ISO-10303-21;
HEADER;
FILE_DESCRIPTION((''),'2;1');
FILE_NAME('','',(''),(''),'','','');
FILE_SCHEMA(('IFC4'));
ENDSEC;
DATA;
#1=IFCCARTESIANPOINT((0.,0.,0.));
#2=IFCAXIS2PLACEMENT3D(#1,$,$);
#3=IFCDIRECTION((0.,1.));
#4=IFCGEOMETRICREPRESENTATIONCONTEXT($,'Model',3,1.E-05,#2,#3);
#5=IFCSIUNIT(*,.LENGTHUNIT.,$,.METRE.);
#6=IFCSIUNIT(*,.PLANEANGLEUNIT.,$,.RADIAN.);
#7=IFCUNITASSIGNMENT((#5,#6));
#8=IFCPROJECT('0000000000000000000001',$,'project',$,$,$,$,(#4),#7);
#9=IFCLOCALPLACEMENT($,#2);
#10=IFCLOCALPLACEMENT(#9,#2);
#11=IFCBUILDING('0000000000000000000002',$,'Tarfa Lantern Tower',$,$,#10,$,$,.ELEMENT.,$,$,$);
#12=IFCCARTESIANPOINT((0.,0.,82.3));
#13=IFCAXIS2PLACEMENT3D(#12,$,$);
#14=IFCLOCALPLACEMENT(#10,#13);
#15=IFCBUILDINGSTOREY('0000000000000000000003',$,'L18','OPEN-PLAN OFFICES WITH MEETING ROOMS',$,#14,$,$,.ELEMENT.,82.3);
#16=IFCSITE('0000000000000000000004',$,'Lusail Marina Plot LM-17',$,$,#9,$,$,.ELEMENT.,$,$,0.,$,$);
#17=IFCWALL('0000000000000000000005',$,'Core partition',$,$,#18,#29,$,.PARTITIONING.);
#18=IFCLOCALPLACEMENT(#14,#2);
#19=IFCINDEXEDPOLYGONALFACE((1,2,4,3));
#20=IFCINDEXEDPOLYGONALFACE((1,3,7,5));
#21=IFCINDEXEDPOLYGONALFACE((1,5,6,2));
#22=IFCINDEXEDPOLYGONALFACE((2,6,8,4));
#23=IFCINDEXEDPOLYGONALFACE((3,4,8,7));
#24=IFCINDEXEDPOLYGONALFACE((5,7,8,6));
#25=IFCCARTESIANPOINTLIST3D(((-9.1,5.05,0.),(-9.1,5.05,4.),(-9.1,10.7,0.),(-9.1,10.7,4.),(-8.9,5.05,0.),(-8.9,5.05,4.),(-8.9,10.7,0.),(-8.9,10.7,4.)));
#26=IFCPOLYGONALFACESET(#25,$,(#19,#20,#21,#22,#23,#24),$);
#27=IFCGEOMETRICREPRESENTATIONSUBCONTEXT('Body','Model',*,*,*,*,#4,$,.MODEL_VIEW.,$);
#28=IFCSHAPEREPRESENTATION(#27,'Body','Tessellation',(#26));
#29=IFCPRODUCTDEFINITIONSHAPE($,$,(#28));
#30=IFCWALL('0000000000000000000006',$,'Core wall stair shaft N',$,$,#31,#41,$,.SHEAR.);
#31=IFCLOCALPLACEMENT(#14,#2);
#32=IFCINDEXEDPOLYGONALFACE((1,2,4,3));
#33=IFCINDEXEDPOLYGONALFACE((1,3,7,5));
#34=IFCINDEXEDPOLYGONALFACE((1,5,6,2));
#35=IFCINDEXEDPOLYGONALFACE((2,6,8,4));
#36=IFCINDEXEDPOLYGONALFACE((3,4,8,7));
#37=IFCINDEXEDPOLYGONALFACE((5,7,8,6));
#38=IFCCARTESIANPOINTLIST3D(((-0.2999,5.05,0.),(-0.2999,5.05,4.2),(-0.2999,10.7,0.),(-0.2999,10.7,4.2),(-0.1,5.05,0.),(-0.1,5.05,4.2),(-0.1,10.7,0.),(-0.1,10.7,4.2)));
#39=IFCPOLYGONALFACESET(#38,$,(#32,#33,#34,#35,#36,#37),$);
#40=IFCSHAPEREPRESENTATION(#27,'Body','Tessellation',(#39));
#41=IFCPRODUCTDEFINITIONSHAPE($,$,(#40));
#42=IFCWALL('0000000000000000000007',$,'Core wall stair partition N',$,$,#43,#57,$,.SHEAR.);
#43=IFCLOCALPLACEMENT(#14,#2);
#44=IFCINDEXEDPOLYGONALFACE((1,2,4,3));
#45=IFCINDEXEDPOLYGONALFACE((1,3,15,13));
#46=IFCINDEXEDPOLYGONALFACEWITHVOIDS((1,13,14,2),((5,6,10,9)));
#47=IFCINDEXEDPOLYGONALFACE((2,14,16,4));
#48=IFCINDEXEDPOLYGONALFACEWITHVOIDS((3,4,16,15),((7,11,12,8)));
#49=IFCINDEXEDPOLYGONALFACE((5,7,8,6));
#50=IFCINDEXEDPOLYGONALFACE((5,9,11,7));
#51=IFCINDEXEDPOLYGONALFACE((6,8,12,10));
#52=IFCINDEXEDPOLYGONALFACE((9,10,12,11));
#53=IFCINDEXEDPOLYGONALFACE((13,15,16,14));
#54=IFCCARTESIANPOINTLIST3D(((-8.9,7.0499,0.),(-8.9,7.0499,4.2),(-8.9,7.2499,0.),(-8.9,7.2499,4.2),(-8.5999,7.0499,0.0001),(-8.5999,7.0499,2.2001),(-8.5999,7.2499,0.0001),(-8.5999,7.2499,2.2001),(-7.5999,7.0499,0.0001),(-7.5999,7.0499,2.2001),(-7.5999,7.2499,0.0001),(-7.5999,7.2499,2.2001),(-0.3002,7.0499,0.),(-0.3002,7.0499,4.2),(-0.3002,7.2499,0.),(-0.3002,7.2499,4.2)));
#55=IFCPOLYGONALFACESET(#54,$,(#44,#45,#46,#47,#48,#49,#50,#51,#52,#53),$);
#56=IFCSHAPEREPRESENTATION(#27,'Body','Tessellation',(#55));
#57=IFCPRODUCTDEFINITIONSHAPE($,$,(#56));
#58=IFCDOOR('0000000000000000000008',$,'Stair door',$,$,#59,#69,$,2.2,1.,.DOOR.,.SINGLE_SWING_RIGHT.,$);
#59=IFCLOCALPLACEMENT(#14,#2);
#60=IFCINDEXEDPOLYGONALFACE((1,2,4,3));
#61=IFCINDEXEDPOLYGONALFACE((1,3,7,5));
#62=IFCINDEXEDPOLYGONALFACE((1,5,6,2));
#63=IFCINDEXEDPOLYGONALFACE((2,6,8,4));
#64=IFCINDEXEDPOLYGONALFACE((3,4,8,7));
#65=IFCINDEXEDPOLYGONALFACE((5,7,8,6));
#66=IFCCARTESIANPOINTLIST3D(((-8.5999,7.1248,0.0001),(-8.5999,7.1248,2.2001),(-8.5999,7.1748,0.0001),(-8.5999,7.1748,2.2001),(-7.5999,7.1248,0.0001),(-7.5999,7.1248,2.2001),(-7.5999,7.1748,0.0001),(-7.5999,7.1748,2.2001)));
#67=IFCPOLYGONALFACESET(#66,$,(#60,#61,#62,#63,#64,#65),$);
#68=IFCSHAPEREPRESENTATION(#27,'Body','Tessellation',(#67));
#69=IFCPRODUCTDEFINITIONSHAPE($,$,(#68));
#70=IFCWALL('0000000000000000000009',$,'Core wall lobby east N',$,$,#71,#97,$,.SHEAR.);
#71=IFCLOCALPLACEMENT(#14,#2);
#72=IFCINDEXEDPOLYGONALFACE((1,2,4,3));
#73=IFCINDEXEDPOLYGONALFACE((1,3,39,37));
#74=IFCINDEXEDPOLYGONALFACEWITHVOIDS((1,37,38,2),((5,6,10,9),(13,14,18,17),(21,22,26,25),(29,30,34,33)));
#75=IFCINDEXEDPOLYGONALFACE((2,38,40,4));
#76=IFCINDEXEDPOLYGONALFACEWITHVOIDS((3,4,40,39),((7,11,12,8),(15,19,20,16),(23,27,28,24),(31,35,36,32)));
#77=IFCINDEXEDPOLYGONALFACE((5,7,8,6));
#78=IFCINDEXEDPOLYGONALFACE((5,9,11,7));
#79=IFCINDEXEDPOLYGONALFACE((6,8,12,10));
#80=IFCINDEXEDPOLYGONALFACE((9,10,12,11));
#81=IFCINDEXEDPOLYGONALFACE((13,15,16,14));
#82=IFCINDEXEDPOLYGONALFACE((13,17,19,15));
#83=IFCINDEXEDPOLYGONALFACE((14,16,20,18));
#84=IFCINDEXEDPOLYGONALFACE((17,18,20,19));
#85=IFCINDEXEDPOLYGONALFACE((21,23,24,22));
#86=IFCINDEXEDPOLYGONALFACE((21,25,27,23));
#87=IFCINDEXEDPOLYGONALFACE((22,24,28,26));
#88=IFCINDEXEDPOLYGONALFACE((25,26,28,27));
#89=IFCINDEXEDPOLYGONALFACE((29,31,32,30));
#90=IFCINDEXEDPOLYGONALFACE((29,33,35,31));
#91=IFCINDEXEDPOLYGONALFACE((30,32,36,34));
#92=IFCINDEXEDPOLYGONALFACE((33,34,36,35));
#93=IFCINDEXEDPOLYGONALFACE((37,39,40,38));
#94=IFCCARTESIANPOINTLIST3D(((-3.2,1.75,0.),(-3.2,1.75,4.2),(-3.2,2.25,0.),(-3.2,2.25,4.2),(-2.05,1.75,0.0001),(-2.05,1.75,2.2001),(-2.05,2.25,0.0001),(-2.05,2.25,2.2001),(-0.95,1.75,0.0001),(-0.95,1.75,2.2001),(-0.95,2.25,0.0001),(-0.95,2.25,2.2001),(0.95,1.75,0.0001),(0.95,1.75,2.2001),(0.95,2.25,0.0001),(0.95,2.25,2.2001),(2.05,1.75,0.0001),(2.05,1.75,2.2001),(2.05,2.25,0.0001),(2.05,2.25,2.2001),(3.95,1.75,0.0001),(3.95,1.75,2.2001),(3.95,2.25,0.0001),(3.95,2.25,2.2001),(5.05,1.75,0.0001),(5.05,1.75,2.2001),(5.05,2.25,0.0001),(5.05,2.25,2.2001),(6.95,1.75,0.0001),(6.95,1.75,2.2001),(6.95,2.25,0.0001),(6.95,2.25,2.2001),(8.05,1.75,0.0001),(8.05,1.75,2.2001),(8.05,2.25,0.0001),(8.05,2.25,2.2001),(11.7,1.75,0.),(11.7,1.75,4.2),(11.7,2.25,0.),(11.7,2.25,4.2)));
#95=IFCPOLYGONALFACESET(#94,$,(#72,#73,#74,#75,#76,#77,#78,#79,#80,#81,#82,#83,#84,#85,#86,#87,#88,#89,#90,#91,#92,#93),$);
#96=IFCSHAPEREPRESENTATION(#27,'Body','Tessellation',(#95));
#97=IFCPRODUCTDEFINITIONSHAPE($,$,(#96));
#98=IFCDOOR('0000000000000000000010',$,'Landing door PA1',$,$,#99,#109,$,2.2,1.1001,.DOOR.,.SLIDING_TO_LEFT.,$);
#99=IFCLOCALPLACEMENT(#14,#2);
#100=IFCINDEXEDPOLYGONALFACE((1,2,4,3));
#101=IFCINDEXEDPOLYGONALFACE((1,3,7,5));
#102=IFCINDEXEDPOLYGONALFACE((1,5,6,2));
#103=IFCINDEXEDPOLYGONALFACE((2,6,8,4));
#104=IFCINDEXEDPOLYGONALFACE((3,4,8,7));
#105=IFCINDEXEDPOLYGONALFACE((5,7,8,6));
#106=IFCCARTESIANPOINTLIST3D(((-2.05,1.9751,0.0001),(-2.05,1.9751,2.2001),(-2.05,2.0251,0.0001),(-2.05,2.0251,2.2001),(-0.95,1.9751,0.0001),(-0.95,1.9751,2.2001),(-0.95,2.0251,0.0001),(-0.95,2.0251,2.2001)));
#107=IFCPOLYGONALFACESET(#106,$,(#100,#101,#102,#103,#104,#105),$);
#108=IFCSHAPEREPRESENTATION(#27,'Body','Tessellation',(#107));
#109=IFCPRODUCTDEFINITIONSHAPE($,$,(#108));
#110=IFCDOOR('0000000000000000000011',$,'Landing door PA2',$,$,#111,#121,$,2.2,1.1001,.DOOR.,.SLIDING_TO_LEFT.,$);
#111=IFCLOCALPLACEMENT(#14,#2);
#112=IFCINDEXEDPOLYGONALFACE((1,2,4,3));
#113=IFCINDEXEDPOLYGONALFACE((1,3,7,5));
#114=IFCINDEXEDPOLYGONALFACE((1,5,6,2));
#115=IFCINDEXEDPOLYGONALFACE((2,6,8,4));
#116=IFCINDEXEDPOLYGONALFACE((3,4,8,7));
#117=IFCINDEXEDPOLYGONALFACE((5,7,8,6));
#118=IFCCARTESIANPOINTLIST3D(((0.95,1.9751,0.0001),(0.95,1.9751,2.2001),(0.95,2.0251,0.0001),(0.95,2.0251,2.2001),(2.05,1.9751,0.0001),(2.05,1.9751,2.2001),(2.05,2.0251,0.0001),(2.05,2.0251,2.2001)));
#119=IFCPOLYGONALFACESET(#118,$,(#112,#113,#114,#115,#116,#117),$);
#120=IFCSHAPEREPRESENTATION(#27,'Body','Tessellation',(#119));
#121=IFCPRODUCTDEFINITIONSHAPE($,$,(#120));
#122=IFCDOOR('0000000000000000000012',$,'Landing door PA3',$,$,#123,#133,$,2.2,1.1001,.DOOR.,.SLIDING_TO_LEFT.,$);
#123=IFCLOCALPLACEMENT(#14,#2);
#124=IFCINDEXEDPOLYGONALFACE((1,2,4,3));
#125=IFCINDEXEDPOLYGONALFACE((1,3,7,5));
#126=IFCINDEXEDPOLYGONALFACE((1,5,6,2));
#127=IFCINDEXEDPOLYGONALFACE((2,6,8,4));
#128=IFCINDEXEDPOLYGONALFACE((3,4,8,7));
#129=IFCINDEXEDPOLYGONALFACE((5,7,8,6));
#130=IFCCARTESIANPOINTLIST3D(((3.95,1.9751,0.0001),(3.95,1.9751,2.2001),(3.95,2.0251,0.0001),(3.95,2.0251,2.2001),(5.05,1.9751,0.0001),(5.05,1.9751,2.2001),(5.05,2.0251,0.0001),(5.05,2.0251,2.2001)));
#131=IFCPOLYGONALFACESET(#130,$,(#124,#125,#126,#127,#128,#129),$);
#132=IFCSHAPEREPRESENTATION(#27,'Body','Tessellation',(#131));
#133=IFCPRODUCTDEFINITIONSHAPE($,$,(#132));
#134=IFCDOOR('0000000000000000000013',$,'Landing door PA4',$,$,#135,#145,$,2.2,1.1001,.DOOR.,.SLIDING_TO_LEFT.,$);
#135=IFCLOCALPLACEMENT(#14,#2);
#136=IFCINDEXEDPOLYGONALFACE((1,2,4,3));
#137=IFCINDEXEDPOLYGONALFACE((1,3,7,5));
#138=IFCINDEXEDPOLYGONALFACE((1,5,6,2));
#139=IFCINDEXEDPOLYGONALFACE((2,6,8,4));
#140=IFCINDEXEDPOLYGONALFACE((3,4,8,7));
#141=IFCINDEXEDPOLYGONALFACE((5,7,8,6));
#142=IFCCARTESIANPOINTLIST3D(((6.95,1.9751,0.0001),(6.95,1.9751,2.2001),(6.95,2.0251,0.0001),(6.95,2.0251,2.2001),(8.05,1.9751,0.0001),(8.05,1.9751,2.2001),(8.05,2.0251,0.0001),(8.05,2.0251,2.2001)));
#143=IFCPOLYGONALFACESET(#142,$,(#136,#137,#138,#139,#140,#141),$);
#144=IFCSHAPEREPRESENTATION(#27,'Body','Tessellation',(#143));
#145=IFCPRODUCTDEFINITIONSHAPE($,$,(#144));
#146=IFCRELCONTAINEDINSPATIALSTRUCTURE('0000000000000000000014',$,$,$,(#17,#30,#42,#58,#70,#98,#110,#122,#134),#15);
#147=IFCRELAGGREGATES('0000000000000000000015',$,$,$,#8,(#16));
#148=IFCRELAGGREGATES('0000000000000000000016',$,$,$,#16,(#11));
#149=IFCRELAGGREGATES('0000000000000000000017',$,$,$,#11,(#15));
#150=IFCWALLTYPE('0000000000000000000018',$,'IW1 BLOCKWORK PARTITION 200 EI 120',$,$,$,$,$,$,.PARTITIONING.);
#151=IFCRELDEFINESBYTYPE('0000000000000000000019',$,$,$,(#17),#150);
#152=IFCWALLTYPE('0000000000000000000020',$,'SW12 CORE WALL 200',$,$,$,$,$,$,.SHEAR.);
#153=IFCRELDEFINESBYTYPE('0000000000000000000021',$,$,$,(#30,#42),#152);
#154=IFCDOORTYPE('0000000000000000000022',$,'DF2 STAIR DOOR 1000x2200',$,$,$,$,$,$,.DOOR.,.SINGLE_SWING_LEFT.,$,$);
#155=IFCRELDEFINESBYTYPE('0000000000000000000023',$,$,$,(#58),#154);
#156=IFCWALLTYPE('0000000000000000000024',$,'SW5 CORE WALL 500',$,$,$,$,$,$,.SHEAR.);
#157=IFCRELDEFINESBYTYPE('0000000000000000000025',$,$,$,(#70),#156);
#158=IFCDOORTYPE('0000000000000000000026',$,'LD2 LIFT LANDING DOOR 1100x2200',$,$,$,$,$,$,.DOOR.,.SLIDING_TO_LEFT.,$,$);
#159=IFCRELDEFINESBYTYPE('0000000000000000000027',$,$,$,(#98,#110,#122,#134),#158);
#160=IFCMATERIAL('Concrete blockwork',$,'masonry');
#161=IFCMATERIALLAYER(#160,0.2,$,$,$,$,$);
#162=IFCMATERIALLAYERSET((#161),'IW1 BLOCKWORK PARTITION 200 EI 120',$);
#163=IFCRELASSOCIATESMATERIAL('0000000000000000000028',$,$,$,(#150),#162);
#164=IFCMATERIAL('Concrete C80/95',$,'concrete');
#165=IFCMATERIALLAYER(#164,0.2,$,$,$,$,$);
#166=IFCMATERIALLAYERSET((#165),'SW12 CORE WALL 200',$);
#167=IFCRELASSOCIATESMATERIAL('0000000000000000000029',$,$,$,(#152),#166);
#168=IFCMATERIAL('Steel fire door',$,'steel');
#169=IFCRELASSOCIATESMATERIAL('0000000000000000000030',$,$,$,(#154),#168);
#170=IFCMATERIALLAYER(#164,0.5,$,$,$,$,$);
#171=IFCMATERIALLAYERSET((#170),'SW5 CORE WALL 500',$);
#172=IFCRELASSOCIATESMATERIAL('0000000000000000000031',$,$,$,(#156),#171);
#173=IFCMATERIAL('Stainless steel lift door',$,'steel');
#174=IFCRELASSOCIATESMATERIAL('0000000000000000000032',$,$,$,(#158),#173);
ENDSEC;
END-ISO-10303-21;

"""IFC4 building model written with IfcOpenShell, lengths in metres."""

from ifc_helpers import new_model, si_unit, direction, frame, frame_2d, origin, place, context, subcontext, project, spatial, rectangle, extrude, material, layer, layer_set, type_object, element, fill, save


model = new_model("IFC4")

# Units and contexts
model_context = context("Model", 3, precision=1e-05, world=origin(), true_north=direction((0.0, 1.0)))
body_context = subcontext(model_context, "Body", "Model", "MODEL_VIEW")
ifc_project = project(units=[si_unit("LENGTHUNIT", "METRE"), si_unit("PLANEANGLEUNIT", "RADIAN")], contexts=[model_context])

# Site, building, storey
site_placement = place(None, origin())
site = spatial("IfcSite", under=ifc_project, at=site_placement, Name="Lusail Marina Plot LM-17", CompositionType="ELEMENT", RefElevation=0.0)
building_placement = place(site_placement, origin())
building = spatial("IfcBuilding", under=site, at=building_placement, Name="Tarfa Lantern Tower", CompositionType="ELEMENT")
storey_placement = place(building_placement, frame((0.0, 0.0, 82.3)))
storey = spatial("IfcBuildingStorey", under=building, at=storey_placement, Name="L18", Description="OPEN-PLAN OFFICES WITH MEETING ROOMS", CompositionType="ELEMENT", Elevation=82.3)

# Walls
ifc_material_1 = material(Name="Concrete blockwork", Category="masonry")
ifc_layer_1 = layer(ifc_material_1, 0.2)
ifc_layer_set_1 = layer_set([ifc_layer_1], Name="IW1 BLOCKWORK PARTITION 200 EI 120")
wall_type_1 = type_object("IfcWallType", Name="IW1 BLOCKWORK PARTITION 200 EI 120", PredefinedType="PARTITIONING", material=ifc_layer_set_1)
wall_1_placement = place(storey_placement, frame((-9.0, 5.05, 0.0), z_axis=(0.0, 0.0, 1.0), x_axis=(0.0, 1.0, 0.0)))
element("IfcWall", 1, at=wall_1_placement, inside=storey, type_object=wall_type_1, Name="Core partition", PredefinedType="PARTITIONING", context=body_context, shape_type="SweptSolid", body=[
    extrude(rectangle(XDim=5.6499, YDim=0.2, at=frame_2d((2.825, 0.0))), origin(), (0.0, 0.0, 1.0), 4.0),
])
ifc_material_2 = material(Name="Concrete C80/95", Category="concrete")
ifc_layer_2 = layer(ifc_material_2, 0.2)
ifc_layer_set_2 = layer_set([ifc_layer_2], Name="SW12 CORE WALL 200")
wall_type_2 = type_object("IfcWallType", Name="SW12 CORE WALL 200", PredefinedType="SHEAR", material=ifc_layer_set_2)
wall_2_placement = place(storey_placement, frame((-0.2, 5.05, 0.0), z_axis=(0.0, 0.0, 1.0), x_axis=(0.0, 1.0, 0.0)))
element("IfcWall", 2, at=wall_2_placement, inside=storey, type_object=wall_type_2, Name="Core wall stair shaft N", PredefinedType="SHEAR", context=body_context, shape_type="SweptSolid", body=[
    extrude(rectangle(XDim=5.6499, YDim=0.2, at=frame_2d((2.825, 0.0))), origin(), (0.0, 0.0, 1.0), 4.2),
])

# Wall, opening, door
wall_3_placement = place(storey_placement, frame((-8.8999, 7.1499, 0.0), z_axis=(0.0, 0.0, 1.0), x_axis=(1.0, 0.0, 0.0)))
wall_3 = element("IfcWall", 3, at=wall_3_placement, inside=storey, type_object=wall_type_2, Name="Core wall stair partition N", PredefinedType="SHEAR", context=body_context, shape_type="SweptSolid", body=[
    extrude(rectangle(XDim=8.5999, YDim=0.2, at=frame_2d((4.2998, 0.0))), origin(), (0.0, 0.0, 1.0), 4.2),
])
opening_1_placement = place(wall_3_placement, frame((0.3, 0.0, 0.0)))
opening_1 = element("IfcOpeningElement", 4, at=opening_1_placement, cuts=wall_3, PredefinedType="OPENING", context=body_context, shape_type="SweptSolid", body=[
    extrude(rectangle(XDim=1.0, YDim=2.2, at=frame_2d((0.5, 1.1001))), frame((0.0, 0.1099, 0.0), z_axis=(0.0, -1.0, 0.0), x_axis=(1.0, 0.0, 0.0)), (0.0, 0.0, 1.0), 0.22),
])
ifc_material_3 = material(Name="Steel fire door", Category="steel")
door_type_1 = type_object("IfcDoorType", Name="DF2 STAIR DOOR 1000x2200", OperationType="SINGLE_SWING_LEFT", PredefinedType="DOOR", material=ifc_material_3)
door_1_placement = place(opening_1_placement, origin())
door_1 = element("IfcDoor", 5, at=door_1_placement, inside=storey, type_object=door_type_1, Name="Stair door", OperationType="SINGLE_SWING_RIGHT", OverallHeight=2.2, OverallWidth=1.0, PredefinedType="DOOR", context=body_context, shape_type="SweptSolid", body=[
    extrude(rectangle(XDim=1.0, YDim=2.2, at=frame_2d((0.5, 1.1001))), frame((0.0, 0.0249, 0.0), z_axis=(0.0, -1.0, 0.0), x_axis=(1.0, 0.0, 0.0)), (0.0, 0.0, 1.0), 0.05),
])
fill(opening_1, door_1)

# Wall, openings, doors
ifc_layer_3 = layer(ifc_material_2, 0.5)
ifc_layer_set_3 = layer_set([ifc_layer_3], Name="SW5 CORE WALL 500")
wall_type_3 = type_object("IfcWallType", Name="SW5 CORE WALL 500", PredefinedType="SHEAR", material=ifc_layer_set_3)
wall_4_placement = place(storey_placement, frame((-3.2, 2.0, 0.0), z_axis=(0.0, 0.0, 1.0), x_axis=(1.0, 0.0, 0.0)))
wall_4 = element("IfcWall", 6, at=wall_4_placement, inside=storey, type_object=wall_type_3, Name="Core wall lobby east N", PredefinedType="SHEAR", context=body_context, shape_type="SweptSolid", body=[
    extrude(rectangle(XDim=14.8999, YDim=0.5, at=frame_2d((7.45, 0.0))), origin(), (0.0, 0.0, 1.0), 4.2),
])
opening_2_placement = place(wall_4_placement, frame((1.1499, 0.0, 0.0)))
opening_2 = element("IfcOpeningElement", 7, at=opening_2_placement, cuts=wall_4, PredefinedType="OPENING", context=body_context, shape_type="SweptSolid", body=[
    extrude(rectangle(XDim=1.1001, YDim=2.2, at=frame_2d((0.55, 1.1001))), frame((0.0, 0.26, 0.0), z_axis=(0.0, -1.0, 0.0), x_axis=(1.0, 0.0, 0.0)), (0.0, 0.0, 1.0), 0.52),
])
opening_3_placement = place(wall_4_placement, frame((4.1499, 0.0, 0.0)))
opening_3 = element("IfcOpeningElement", 8, at=opening_3_placement, cuts=wall_4, PredefinedType="OPENING", context=body_context, shape_type="SweptSolid", body=[
    extrude(rectangle(XDim=1.1001, YDim=2.2, at=frame_2d((0.55, 1.1001))), frame((0.0, 0.26, 0.0), z_axis=(0.0, -1.0, 0.0), x_axis=(1.0, 0.0, 0.0)), (0.0, 0.0, 1.0), 0.52),
])
opening_4_placement = place(wall_4_placement, frame((7.1499, 0.0, 0.0)))
opening_4 = element("IfcOpeningElement", 9, at=opening_4_placement, cuts=wall_4, PredefinedType="OPENING", context=body_context, shape_type="SweptSolid", body=[
    extrude(rectangle(XDim=1.1001, YDim=2.2, at=frame_2d((0.55, 1.1001))), frame((0.0, 0.26, 0.0), z_axis=(0.0, -1.0, 0.0), x_axis=(1.0, 0.0, 0.0)), (0.0, 0.0, 1.0), 0.52),
])
opening_5_placement = place(wall_4_placement, frame((10.1499, 0.0, 0.0)))
opening_5 = element("IfcOpeningElement", 10, at=opening_5_placement, cuts=wall_4, PredefinedType="OPENING", context=body_context, shape_type="SweptSolid", body=[
    extrude(rectangle(XDim=1.1001, YDim=2.2, at=frame_2d((0.55, 1.1001))), frame((0.0, 0.26, 0.0), z_axis=(0.0, -1.0, 0.0), x_axis=(1.0, 0.0, 0.0)), (0.0, 0.0, 1.0), 0.52),
])
ifc_material_4 = material(Name="Stainless steel lift door", Category="steel")
door_type_2 = type_object("IfcDoorType", Name="LD2 LIFT LANDING DOOR 1100x2200", OperationType="SLIDING_TO_LEFT", PredefinedType="DOOR", material=ifc_material_4)
door_2_placement = place(opening_2_placement, frame((1.1001, 0.0, 0.0), z_axis=(0.0, 0.0, 1.0), x_axis=(-1.0, 0.0, 0.0)))
door_2 = element("IfcDoor", 11, at=door_2_placement, inside=storey, type_object=door_type_2, Name="Landing door PA1", OperationType="SLIDING_TO_LEFT", OverallHeight=2.2, OverallWidth=1.1001, PredefinedType="DOOR", context=body_context, shape_type="SweptSolid", body=[
    extrude(rectangle(XDim=1.1001, YDim=2.2, at=frame_2d((0.55, 1.1001))), frame((0.0, 0.0249, 0.0), z_axis=(0.0, -1.0, 0.0), x_axis=(1.0, 0.0, 0.0)), (0.0, 0.0, 1.0), 0.05),
])
fill(opening_2, door_2)
door_3_placement = place(opening_3_placement, frame((1.1001, 0.0, 0.0), z_axis=(0.0, 0.0, 1.0), x_axis=(-1.0, 0.0, 0.0)))
door_3 = element("IfcDoor", 12, at=door_3_placement, inside=storey, type_object=door_type_2, Name="Landing door PA2", OperationType="SLIDING_TO_LEFT", OverallHeight=2.2, OverallWidth=1.1001, PredefinedType="DOOR", context=body_context, shape_type="SweptSolid", body=[
    extrude(rectangle(XDim=1.1001, YDim=2.2, at=frame_2d((0.55, 1.1001))), frame((0.0, 0.0249, 0.0), z_axis=(0.0, -1.0, 0.0), x_axis=(1.0, 0.0, 0.0)), (0.0, 0.0, 1.0), 0.05),
])
fill(opening_3, door_3)
door_4_placement = place(opening_4_placement, frame((1.1001, 0.0, 0.0), z_axis=(0.0, 0.0, 1.0), x_axis=(-1.0, 0.0, 0.0)))
door_4 = element("IfcDoor", 13, at=door_4_placement, inside=storey, type_object=door_type_2, Name="Landing door PA3", OperationType="SLIDING_TO_LEFT", OverallHeight=2.2, OverallWidth=1.1001, PredefinedType="DOOR", context=body_context, shape_type="SweptSolid", body=[
    extrude(rectangle(XDim=1.1001, YDim=2.2, at=frame_2d((0.55, 1.1001))), frame((0.0, 0.0249, 0.0), z_axis=(0.0, -1.0, 0.0), x_axis=(1.0, 0.0, 0.0)), (0.0, 0.0, 1.0), 0.05),
])
fill(opening_4, door_4)
door_5_placement = place(opening_5_placement, frame((1.1001, 0.0, 0.0), z_axis=(0.0, 0.0, 1.0), x_axis=(-1.0, 0.0, 0.0)))
door_5 = element("IfcDoor", 14, at=door_5_placement, inside=storey, type_object=door_type_2, Name="Landing door PA4", OperationType="SLIDING_TO_LEFT", OverallHeight=2.2, OverallWidth=1.1001, PredefinedType="DOOR", context=body_context, shape_type="SweptSolid", body=[
    extrude(rectangle(XDim=1.1001, YDim=2.2, at=frame_2d((0.55, 1.1001))), frame((0.0, 0.0249, 0.0), z_axis=(0.0, -1.0, 0.0), x_axis=(1.0, 0.0, 0.0)), (0.0, 0.0, 1.0), 0.05),
])
fill(opening_5, door_5)

save(model, "model.ifc")
